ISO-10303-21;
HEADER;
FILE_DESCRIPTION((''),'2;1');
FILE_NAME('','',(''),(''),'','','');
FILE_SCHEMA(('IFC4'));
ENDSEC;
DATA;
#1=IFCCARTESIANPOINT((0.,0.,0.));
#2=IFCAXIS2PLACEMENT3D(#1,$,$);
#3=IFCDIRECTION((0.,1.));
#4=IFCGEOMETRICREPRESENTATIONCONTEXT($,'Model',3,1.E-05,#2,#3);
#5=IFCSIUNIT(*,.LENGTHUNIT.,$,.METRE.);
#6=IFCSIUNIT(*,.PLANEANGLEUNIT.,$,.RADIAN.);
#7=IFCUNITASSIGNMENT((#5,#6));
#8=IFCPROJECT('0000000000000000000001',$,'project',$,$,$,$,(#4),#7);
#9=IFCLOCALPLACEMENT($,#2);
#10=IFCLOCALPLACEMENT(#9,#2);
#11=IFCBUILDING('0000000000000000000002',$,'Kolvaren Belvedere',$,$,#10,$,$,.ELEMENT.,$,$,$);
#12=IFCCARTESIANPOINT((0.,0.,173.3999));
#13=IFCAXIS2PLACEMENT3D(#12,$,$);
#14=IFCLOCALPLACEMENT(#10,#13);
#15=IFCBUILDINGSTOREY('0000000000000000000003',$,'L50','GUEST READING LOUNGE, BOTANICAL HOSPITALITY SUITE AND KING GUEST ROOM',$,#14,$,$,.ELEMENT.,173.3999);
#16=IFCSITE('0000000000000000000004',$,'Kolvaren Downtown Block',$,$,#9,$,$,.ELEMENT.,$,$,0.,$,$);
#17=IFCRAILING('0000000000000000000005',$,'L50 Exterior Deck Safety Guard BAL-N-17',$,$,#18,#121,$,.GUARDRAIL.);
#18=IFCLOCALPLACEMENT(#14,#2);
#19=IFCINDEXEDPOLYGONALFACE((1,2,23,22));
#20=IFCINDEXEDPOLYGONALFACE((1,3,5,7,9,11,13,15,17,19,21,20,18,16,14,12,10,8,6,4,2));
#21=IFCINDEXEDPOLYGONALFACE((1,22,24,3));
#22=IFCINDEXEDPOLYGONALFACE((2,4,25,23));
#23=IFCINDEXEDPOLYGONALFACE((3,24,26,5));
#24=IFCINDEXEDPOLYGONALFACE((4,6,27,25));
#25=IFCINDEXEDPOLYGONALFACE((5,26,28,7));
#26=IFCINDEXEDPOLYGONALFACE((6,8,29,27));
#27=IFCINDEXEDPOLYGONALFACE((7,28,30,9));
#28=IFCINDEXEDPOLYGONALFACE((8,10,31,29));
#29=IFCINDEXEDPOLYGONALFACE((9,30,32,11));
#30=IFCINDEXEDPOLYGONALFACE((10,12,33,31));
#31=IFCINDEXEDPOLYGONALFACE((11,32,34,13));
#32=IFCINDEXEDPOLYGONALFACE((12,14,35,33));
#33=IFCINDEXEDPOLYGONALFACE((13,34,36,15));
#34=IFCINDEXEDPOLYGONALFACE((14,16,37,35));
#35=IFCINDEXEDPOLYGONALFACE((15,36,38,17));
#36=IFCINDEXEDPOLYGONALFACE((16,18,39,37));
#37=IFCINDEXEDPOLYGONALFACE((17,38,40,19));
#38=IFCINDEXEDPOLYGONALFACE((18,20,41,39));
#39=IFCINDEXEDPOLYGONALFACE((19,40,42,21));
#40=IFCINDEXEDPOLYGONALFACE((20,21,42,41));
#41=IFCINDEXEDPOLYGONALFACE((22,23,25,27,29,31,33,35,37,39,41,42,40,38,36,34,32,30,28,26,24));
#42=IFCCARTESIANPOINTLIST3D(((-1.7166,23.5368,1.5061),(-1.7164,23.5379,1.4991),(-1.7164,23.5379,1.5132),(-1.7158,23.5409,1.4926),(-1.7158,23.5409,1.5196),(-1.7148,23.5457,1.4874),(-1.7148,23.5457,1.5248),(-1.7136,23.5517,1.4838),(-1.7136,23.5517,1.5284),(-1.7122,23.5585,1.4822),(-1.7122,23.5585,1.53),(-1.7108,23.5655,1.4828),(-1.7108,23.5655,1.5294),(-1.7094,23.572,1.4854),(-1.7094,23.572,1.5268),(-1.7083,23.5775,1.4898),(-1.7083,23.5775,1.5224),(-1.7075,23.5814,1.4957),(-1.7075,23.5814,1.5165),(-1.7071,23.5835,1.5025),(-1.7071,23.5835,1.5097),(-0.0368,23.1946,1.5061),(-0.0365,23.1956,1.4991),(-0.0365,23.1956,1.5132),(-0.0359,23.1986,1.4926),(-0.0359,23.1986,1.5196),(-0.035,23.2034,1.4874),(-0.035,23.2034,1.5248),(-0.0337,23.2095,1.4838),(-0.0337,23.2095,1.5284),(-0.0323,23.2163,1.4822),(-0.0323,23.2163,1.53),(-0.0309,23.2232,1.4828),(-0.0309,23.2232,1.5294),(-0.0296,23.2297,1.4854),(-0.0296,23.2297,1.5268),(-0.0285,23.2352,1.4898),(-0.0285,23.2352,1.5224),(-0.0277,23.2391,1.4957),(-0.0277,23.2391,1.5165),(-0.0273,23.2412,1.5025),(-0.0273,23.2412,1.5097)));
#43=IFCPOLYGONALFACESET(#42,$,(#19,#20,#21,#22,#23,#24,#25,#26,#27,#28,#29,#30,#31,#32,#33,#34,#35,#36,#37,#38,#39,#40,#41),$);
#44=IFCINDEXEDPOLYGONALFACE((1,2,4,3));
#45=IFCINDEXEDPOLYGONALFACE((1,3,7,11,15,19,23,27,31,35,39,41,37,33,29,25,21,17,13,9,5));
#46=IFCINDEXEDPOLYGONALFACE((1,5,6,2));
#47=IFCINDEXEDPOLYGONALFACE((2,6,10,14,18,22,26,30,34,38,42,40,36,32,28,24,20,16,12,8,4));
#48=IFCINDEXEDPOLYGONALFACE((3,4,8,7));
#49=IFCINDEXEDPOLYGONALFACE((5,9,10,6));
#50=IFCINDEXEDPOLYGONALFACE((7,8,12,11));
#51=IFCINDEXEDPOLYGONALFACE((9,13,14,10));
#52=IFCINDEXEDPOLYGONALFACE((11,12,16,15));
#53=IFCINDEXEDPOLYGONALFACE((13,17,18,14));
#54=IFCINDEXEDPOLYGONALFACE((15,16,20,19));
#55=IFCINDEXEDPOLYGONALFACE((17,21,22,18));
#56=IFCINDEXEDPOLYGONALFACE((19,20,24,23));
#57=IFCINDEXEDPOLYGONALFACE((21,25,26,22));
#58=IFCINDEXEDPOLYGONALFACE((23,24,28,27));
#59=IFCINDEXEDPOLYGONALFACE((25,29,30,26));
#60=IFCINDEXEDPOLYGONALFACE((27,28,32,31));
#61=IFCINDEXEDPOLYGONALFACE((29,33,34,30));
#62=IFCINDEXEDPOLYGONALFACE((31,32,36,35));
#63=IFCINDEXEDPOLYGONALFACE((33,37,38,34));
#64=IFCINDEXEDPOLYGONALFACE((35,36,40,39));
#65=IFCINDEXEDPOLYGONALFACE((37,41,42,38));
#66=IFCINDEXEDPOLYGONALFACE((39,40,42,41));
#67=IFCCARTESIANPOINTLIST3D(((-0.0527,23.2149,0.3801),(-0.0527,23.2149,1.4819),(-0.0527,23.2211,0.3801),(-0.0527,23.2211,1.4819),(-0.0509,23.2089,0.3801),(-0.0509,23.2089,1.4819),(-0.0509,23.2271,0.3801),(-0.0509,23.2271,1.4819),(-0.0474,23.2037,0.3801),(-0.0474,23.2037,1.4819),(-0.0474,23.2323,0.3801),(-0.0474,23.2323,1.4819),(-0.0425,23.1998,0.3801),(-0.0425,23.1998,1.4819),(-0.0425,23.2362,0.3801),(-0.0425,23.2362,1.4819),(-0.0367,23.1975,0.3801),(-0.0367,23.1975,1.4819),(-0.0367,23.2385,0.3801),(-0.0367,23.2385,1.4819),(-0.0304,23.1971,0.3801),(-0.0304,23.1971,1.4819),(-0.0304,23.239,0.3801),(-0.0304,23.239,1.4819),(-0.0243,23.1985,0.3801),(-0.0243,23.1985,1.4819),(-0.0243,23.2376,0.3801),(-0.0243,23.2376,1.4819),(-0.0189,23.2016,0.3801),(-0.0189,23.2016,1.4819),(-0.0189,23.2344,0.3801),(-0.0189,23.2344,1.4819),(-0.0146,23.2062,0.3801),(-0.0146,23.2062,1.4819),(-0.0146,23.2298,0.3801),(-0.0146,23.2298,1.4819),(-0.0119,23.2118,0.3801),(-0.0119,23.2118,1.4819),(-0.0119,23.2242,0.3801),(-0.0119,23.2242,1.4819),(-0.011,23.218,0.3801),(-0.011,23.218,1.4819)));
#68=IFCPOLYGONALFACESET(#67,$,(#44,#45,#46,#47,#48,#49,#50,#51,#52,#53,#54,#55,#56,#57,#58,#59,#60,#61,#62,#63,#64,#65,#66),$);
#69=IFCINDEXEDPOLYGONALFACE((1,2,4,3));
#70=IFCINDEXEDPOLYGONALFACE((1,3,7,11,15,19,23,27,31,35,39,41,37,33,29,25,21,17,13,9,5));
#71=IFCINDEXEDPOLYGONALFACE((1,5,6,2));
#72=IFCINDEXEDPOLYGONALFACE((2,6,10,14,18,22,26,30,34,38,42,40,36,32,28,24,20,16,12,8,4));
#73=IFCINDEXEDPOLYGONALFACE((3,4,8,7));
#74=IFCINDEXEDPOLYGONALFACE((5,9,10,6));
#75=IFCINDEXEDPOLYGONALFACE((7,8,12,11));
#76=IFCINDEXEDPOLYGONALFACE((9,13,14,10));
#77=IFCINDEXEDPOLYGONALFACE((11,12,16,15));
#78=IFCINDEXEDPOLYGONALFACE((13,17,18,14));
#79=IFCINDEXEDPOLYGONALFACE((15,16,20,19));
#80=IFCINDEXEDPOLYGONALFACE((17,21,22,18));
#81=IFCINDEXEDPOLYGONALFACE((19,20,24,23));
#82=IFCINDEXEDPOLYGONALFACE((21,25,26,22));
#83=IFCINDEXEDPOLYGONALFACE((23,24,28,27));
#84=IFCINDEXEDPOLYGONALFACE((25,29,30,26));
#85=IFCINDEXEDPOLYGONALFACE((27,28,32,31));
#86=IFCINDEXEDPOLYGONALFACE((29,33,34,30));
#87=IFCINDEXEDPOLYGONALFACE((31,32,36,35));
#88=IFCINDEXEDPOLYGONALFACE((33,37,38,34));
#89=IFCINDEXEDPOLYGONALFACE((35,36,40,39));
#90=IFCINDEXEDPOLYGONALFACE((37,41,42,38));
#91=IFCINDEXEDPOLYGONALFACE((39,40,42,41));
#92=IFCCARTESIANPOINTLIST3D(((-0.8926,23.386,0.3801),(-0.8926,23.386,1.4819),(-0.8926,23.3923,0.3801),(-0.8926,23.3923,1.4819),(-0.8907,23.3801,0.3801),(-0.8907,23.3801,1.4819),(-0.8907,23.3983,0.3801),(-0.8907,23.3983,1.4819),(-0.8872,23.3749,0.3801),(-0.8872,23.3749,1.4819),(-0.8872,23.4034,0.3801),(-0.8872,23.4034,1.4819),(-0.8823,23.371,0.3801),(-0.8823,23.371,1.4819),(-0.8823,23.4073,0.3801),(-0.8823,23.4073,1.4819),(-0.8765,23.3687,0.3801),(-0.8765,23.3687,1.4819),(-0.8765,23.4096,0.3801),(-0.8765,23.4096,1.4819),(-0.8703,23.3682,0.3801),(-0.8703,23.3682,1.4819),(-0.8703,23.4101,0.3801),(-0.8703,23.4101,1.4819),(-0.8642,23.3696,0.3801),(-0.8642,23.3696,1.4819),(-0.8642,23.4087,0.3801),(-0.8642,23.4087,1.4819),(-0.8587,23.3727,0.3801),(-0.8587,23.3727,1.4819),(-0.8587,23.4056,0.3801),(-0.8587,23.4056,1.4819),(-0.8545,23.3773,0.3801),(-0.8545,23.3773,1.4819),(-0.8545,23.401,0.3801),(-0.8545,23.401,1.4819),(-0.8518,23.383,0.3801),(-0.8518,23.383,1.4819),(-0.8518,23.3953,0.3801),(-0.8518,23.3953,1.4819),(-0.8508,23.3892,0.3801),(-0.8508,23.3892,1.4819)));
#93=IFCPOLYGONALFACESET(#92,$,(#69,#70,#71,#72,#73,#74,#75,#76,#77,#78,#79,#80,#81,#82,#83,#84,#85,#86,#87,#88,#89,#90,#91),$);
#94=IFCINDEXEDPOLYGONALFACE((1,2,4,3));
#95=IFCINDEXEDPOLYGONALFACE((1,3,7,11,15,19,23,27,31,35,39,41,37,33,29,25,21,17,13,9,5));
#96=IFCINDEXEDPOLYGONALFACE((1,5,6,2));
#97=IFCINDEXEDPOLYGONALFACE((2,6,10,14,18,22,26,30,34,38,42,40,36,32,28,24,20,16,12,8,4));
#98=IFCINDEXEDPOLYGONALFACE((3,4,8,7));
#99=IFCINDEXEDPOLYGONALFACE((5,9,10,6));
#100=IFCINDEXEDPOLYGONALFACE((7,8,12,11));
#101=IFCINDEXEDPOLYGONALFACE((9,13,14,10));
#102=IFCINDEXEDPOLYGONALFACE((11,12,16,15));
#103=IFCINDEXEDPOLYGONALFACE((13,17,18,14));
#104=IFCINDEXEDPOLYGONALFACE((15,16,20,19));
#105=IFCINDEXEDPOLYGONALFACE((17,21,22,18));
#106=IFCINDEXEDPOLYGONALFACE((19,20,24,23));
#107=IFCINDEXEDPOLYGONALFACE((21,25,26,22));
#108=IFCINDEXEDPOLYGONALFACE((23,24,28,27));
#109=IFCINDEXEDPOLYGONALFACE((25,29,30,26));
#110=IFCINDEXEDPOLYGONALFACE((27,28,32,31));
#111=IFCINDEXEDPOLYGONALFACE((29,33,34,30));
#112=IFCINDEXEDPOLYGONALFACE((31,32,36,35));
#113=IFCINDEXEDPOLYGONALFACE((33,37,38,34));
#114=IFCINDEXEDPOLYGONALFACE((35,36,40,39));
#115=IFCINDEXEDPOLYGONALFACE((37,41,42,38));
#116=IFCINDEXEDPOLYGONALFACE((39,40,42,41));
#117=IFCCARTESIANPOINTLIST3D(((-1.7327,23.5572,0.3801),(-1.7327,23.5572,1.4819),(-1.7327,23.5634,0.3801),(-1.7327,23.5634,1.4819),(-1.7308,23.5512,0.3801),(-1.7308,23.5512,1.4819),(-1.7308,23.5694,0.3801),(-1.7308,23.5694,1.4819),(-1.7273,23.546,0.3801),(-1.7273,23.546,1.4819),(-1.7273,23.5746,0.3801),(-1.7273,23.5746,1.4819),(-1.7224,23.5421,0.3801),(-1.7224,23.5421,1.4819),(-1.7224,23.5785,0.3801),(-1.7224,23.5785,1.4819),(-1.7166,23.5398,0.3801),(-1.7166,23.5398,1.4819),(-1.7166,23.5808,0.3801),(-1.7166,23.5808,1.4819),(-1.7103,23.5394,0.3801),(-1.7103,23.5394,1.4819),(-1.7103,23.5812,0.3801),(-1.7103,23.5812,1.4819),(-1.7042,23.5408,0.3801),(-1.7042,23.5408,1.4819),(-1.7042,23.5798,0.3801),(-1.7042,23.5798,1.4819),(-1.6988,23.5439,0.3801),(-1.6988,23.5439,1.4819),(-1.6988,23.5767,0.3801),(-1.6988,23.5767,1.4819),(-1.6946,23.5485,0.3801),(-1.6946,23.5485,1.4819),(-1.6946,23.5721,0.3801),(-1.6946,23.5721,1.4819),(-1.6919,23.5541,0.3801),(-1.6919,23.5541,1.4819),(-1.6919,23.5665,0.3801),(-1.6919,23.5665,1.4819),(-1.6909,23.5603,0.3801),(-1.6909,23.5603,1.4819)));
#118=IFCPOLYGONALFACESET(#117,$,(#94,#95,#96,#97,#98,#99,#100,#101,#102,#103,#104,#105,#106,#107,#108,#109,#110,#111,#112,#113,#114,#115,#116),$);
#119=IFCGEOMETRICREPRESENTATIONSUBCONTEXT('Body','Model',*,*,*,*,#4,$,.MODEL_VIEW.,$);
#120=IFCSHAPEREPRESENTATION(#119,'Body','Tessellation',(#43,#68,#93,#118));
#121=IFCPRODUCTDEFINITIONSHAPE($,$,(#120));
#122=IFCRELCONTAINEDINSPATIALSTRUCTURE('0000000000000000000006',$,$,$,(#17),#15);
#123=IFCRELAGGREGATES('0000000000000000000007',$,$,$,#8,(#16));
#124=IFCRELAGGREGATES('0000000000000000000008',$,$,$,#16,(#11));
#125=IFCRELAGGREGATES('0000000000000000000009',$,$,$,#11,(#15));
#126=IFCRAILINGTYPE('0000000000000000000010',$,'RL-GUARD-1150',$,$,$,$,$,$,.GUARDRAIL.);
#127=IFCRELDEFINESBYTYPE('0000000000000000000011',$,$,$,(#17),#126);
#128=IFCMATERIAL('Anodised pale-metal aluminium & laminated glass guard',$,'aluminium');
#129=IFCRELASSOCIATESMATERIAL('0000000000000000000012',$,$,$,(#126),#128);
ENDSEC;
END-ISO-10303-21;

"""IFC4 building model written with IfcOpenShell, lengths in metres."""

from ifc_helpers import new_model, si_unit, direction, frame, origin, origin_2d, place, context, subcontext, project, spatial, circle, extrude, material, type_object, element, save


model = new_model("IFC4")

# Units and contexts
model_context = context("Model", 3, precision=1e-05, world=origin(), true_north=direction((0.0, 1.0)))
body_context = subcontext(model_context, "Body", "Model", "MODEL_VIEW")
ifc_project = project(units=[si_unit("LENGTHUNIT", "METRE"), si_unit("PLANEANGLEUNIT", "RADIAN")], contexts=[model_context])

# Site, building, storey
site_placement = place(None, origin())
site = spatial("IfcSite", under=ifc_project, at=site_placement, Name="Kolvaren Downtown Block", CompositionType="ELEMENT", RefElevation=0.0)
building_placement = place(site_placement, origin())
building = spatial("IfcBuilding", under=site, at=building_placement, Name="Kolvaren Belvedere", CompositionType="ELEMENT")
storey_placement = place(building_placement, frame((0.0, 0.0, 173.3999)))
storey = spatial("IfcBuildingStorey", under=building, at=storey_placement, Name="L50", Description="GUEST READING LOUNGE, BOTANICAL HOSPITALITY SUITE AND KING GUEST ROOM", CompositionType="ELEMENT", Elevation=173.3999)

# Railing
ifc_material_1 = material(Name="Anodised pale-metal aluminium & laminated glass guard", Category="aluminium")
railing_type = type_object("IfcRailingType", Name="RL-GUARD-1150", PredefinedType="GUARDRAIL", material=ifc_material_1)
railing_1_placement = place(storey_placement, frame((-0.032, 23.218, 0.3801)))
element("IfcRailing", 1, at=railing_1_placement, inside=storey, type_object=railing_type, Name="L50 Exterior Deck Safety Guard BAL-N-17", PredefinedType="GUARDRAIL", context=body_context, shape_type="SweptSolid", body=[
    extrude(circle(Radius=0.0239, at=origin_2d()), frame((0.0, 0.0, 1.126), z_axis=(-0.979868, 0.199648, 0.0), x_axis=(-0.199648, -0.979868, 0.0)), (0.0, 0.0, 1.0), 1.7144),
    extrude(circle(Radius=0.021, at=origin_2d()), origin(), (0.0, 0.0, 1.0), 1.1018),
    extrude(circle(Radius=0.021, at=origin_2d()), frame((-0.8398, 0.1711, 0.0)), (0.0, 0.0, 1.0), 1.1018),
    extrude(circle(Radius=0.021, at=origin_2d()), frame((-1.6799, 0.3423, 0.0)), (0.0, 0.0, 1.0), 1.1018),
])

save(model, "model.ifc")
